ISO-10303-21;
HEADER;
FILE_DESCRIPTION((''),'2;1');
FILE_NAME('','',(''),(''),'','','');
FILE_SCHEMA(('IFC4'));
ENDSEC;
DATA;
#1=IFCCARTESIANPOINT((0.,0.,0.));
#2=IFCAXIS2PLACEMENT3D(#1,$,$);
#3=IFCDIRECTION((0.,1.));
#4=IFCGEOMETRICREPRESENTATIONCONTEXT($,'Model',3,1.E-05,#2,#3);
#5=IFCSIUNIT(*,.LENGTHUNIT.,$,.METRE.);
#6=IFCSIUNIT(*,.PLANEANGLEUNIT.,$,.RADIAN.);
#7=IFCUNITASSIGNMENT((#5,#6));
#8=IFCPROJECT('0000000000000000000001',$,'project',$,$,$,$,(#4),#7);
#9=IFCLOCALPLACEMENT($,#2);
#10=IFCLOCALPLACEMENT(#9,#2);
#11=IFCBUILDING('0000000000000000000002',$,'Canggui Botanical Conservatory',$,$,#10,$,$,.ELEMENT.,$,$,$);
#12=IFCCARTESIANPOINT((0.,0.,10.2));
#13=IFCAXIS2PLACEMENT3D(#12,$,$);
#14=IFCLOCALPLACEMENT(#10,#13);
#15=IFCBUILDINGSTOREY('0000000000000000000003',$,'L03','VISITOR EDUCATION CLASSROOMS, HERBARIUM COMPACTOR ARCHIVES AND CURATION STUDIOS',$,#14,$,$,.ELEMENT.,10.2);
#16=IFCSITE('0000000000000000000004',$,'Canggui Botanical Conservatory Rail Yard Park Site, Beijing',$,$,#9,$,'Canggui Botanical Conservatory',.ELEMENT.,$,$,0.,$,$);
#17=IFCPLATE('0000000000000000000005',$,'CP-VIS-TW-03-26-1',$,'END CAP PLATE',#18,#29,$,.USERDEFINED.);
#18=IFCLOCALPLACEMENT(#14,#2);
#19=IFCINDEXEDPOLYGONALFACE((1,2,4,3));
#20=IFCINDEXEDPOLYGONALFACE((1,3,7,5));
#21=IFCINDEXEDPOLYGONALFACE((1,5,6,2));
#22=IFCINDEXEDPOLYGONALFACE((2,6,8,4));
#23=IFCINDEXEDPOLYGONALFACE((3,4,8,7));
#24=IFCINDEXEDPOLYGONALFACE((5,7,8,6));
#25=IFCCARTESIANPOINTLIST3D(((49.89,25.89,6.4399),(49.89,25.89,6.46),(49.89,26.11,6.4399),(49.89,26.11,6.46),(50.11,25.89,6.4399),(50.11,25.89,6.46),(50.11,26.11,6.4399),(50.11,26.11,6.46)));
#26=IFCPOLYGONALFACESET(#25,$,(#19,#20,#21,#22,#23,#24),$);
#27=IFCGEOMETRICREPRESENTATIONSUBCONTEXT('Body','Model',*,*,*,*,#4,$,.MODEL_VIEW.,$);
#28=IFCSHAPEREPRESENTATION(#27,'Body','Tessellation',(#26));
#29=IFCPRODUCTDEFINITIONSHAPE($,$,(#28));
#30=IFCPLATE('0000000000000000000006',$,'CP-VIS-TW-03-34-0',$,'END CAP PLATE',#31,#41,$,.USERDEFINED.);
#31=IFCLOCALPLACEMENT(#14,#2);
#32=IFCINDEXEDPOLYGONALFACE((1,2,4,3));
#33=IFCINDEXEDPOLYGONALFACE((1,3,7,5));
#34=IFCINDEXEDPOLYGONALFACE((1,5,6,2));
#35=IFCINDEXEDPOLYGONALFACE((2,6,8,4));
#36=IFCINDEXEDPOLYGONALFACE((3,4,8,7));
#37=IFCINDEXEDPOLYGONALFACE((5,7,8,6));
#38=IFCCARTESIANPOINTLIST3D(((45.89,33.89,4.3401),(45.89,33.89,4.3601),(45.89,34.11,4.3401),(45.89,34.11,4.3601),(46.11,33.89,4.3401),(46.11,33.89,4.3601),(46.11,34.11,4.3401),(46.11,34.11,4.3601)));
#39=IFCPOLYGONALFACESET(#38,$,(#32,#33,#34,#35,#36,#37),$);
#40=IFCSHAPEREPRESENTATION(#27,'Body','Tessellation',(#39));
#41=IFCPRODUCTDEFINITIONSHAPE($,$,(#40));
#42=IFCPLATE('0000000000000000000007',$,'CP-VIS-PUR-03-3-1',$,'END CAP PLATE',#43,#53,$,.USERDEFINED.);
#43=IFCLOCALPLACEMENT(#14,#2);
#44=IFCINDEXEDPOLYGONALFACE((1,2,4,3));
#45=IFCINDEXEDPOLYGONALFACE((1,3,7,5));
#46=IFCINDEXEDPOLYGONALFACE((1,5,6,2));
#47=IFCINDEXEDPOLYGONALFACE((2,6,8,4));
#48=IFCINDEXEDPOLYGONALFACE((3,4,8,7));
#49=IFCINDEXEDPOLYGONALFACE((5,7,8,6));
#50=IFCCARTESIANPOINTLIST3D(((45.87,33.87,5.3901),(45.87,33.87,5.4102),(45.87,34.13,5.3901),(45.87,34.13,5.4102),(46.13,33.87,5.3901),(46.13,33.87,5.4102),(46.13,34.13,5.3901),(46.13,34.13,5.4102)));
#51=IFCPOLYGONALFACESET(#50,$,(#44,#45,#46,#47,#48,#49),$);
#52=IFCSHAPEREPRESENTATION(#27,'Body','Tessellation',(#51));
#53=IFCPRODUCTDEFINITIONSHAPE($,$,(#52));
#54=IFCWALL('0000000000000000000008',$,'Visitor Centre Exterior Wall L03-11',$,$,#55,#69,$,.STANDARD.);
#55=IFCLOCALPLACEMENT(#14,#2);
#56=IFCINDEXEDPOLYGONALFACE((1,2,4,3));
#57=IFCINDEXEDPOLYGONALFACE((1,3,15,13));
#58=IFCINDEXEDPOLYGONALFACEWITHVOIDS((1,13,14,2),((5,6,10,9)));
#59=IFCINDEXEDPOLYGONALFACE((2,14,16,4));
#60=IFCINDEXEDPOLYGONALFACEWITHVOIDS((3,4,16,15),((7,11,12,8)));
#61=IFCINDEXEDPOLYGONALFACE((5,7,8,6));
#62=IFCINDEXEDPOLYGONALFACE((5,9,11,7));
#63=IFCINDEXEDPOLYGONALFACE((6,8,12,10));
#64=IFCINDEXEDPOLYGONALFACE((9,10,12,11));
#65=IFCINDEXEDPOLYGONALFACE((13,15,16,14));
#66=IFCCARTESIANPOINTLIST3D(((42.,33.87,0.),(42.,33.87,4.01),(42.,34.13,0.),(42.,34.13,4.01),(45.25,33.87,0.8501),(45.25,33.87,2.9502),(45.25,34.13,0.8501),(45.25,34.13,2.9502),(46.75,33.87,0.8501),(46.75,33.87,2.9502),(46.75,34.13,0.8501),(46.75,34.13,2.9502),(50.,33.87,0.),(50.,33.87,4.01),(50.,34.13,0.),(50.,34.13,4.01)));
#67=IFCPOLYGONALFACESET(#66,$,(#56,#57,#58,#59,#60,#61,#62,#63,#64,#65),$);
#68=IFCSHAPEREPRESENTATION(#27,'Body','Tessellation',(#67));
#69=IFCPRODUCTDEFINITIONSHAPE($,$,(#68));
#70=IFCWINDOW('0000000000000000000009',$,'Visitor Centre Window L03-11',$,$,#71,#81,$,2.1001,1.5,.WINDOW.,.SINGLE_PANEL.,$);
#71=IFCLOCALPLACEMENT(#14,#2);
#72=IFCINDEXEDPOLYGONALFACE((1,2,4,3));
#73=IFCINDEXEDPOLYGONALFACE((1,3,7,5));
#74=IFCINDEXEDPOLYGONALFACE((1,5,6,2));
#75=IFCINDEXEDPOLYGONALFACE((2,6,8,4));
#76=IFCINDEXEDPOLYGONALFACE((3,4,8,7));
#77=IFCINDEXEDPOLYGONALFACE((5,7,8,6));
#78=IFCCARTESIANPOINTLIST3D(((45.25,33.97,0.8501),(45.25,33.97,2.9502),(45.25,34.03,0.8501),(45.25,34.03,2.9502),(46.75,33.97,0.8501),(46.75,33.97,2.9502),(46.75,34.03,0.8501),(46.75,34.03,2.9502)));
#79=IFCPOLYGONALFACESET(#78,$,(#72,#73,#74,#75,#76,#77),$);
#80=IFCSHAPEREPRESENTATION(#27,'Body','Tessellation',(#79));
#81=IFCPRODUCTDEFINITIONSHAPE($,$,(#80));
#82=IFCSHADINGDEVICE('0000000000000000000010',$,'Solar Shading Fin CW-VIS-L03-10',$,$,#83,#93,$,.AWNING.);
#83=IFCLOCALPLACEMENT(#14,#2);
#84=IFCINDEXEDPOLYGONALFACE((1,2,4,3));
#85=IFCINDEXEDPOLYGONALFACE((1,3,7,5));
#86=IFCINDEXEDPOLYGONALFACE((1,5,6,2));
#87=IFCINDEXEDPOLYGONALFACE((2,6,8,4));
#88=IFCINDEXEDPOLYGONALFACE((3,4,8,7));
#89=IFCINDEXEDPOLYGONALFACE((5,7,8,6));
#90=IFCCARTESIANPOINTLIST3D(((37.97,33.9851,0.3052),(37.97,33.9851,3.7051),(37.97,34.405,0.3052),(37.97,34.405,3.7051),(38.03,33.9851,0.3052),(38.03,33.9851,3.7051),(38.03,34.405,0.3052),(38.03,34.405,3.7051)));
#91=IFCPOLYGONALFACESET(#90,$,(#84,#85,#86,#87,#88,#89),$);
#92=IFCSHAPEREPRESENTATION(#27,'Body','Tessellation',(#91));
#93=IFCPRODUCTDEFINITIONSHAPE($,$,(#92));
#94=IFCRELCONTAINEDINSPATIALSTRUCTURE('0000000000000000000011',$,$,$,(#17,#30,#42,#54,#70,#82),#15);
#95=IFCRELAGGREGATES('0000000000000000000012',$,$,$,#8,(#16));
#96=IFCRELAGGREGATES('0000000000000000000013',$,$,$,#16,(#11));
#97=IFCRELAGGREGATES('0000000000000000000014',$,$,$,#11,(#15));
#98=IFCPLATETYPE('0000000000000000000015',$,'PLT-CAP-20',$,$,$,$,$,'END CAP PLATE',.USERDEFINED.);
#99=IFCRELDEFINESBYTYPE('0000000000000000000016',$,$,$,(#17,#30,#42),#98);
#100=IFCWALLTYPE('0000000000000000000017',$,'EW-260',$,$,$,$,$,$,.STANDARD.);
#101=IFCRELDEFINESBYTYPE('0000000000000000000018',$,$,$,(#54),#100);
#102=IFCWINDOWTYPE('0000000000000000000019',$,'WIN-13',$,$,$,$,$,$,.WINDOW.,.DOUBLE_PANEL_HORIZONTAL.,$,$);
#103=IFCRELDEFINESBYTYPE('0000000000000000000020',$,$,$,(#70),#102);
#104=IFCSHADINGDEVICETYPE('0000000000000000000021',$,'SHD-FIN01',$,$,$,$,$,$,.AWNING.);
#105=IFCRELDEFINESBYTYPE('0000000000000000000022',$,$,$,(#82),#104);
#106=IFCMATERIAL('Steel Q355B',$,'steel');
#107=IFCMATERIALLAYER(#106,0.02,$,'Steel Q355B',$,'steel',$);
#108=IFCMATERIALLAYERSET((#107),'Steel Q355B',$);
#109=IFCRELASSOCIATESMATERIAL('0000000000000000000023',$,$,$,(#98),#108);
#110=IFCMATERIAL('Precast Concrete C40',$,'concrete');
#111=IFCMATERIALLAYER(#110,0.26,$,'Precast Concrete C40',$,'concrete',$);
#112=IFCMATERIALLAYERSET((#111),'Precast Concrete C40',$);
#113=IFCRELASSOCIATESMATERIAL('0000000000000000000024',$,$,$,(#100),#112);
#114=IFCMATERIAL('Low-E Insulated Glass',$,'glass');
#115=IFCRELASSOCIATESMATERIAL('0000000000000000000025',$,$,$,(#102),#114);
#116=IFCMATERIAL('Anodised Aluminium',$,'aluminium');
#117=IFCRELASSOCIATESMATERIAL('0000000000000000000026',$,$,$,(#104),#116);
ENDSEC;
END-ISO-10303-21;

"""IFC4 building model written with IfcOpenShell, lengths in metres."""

from ifc_helpers import new_model, si_unit, direction, frame, frame_2d, origin, origin_2d, place, context, subcontext, project, spatial, rectangle, extrude, material, layer, layer_set, type_object, element, fill, save


model = new_model("IFC4")

# Units and contexts
model_context = context("Model", 3, precision=1e-05, world=origin(), true_north=direction((0.0, 1.0)))
body_context = subcontext(model_context, "Body", "Model", "MODEL_VIEW")
ifc_project = project(units=[si_unit("LENGTHUNIT", "METRE"), si_unit("PLANEANGLEUNIT", "RADIAN")], contexts=[model_context])

# Site, building, storey
site_placement = place(None, origin())
site = spatial("IfcSite", under=ifc_project, at=site_placement, Name="Canggui Botanical Conservatory Rail Yard Park Site, Beijing", LongName="Canggui Botanical Conservatory", CompositionType="ELEMENT", RefElevation=0.0)
building_placement = place(site_placement, origin())
building = spatial("IfcBuilding", under=site, at=building_placement, Name="Canggui Botanical Conservatory", CompositionType="ELEMENT")
storey_placement = place(building_placement, frame((0.0, 0.0, 10.2)))
storey = spatial("IfcBuildingStorey", under=building, at=storey_placement, Name="L03", Description="VISITOR EDUCATION CLASSROOMS, HERBARIUM COMPACTOR ARCHIVES AND CURATION STUDIOS", CompositionType="ELEMENT", Elevation=10.2)

# Shared definitions
ifc_material_1 = material(Name="Steel Q355B", Category="steel")

# Shared definitions
ifc_material_2 = material(Name="Low-E Insulated Glass", Category="glass")

# Plates
ifc_layer_1 = layer(ifc_material_1, 0.02, Name="Steel Q355B", Category="steel")
ifc_layer_set_1 = layer_set([ifc_layer_1], Name="Steel Q355B")
plate_type_1 = type_object("IfcPlateType", Name="PLT-CAP-20", ElementType="END CAP PLATE", PredefinedType="USERDEFINED", material=ifc_layer_set_1)
for number, where, z_axis, x_axis, name in (
    (1, (50.0, 26.0, 6.4399), (0.0, 0.0, 1.0), (1.0, 0.0, 0.0), "CP-VIS-TW-03-26-1"),
    (2, (46.0, 34.0, 4.3401), (0.0, 0.0, 1.0), (1.0, 0.0, 0.0), "CP-VIS-TW-03-34-0"),
):
    element("IfcPlate", number, at=place(storey_placement, frame(where, z_axis=z_axis, x_axis=x_axis)), inside=storey, type_object=plate_type_1, Name=name, ObjectType="END CAP PLATE", PredefinedType="USERDEFINED", context=body_context, shape_type="SweptSolid", body=[
        extrude(rectangle(XDim=0.22, YDim=0.22, at=origin_2d()), origin(), (0.0, 0.0, 1.0), 0.02),
    ])
plate_1_placement = place(storey_placement, frame((46.0, 34.0, 5.3901), z_axis=(0.0, 0.0, 1.0), x_axis=(1.0, 0.0, 0.0)))
element("IfcPlate", 3, at=plate_1_placement, inside=storey, type_object=plate_type_1, Name="CP-VIS-PUR-03-3-1", ObjectType="END CAP PLATE", PredefinedType="USERDEFINED", context=body_context, shape_type="SweptSolid", body=[
    extrude(rectangle(XDim=0.26, YDim=0.26, at=origin_2d()), origin(), (0.0, 0.0, 1.0), 0.02),
])

# Wall, opening, window
ifc_material_3 = material(Name="Precast Concrete C40", Category="concrete")
ifc_layer_2 = layer(ifc_material_3, 0.26, Name="Precast Concrete C40", Category="concrete")
ifc_layer_set_2 = layer_set([ifc_layer_2], Name="Precast Concrete C40")
wall_type = type_object("IfcWallType", Name="EW-260", PredefinedType="STANDARD", material=ifc_layer_set_2)
wall_placement = place(storey_placement, frame((42.0, 34.0, 0.0), z_axis=(0.0, 0.0, 1.0), x_axis=(1.0, 0.0, 0.0)))
wall = element("IfcWall", 4, at=wall_placement, inside=storey, type_object=wall_type, Name="Visitor Centre Exterior Wall L03-11", PredefinedType="STANDARD", context=body_context, shape_type="SweptSolid", body=[
    extrude(rectangle(XDim=8.0, YDim=0.26, at=frame_2d((4.0, 0.0))), origin(), (0.0, 0.0, 1.0), 4.01),
])
opening_placement = place(wall_placement, frame((3.25, 0.0, 0.8501)))
opening = element("IfcOpeningElement", 5, at=opening_placement, cuts=wall, PredefinedType="OPENING", context=body_context, shape_type="SweptSolid", body=[
    extrude(rectangle(XDim=1.5, YDim=2.1001, at=frame_2d((0.75, 1.05))), frame((0.0, 0.1401, 0.0), z_axis=(0.0, -1.0, 0.0), x_axis=(1.0, 0.0, 0.0)), (0.0, 0.0, 1.0), 0.28),
])
window_type = type_object("IfcWindowType", Name="WIN-13", PartitioningType="DOUBLE_PANEL_HORIZONTAL", PredefinedType="WINDOW", material=ifc_material_2)
window_placement = place(opening_placement, origin())
window = element("IfcWindow", 6, at=window_placement, inside=storey, type_object=window_type, Name="Visitor Centre Window L03-11", OverallHeight=2.1001, OverallWidth=1.5, PartitioningType="SINGLE_PANEL", PredefinedType="WINDOW", context=body_context, shape_type="SweptSolid", body=[
    extrude(rectangle(XDim=1.5, YDim=2.1001, at=frame_2d((0.75, 1.05))), frame((0.0, 0.03, 0.0), z_axis=(0.0, -1.0, 0.0), x_axis=(1.0, 0.0, 0.0)), (0.0, 0.0, 1.0), 0.0601),
])
fill(opening, window)

# Shading device
ifc_material_4 = material(Name="Anodised Aluminium", Category="aluminium")
shading_device_type = type_object("IfcShadingDeviceType", Name="SHD-FIN01", PredefinedType="AWNING", material=ifc_material_4)
shading_device_placement = place(storey_placement, frame((38.0, 34.1951, 0.3052), z_axis=(0.0, 0.0, 1.0), x_axis=(1.0, 0.0, 0.0)))
element("IfcShadingDevice", 7, at=shading_device_placement, inside=storey, type_object=shading_device_type, Name="Solar Shading Fin CW-VIS-L03-10", PredefinedType="AWNING", context=body_context, shape_type="SweptSolid", body=[
    extrude(rectangle(XDim=0.0601, YDim=0.4199, at=origin_2d()), origin(), (0.0, 0.0, 1.0), 3.3999),
])

save(model, "model.ifc")
